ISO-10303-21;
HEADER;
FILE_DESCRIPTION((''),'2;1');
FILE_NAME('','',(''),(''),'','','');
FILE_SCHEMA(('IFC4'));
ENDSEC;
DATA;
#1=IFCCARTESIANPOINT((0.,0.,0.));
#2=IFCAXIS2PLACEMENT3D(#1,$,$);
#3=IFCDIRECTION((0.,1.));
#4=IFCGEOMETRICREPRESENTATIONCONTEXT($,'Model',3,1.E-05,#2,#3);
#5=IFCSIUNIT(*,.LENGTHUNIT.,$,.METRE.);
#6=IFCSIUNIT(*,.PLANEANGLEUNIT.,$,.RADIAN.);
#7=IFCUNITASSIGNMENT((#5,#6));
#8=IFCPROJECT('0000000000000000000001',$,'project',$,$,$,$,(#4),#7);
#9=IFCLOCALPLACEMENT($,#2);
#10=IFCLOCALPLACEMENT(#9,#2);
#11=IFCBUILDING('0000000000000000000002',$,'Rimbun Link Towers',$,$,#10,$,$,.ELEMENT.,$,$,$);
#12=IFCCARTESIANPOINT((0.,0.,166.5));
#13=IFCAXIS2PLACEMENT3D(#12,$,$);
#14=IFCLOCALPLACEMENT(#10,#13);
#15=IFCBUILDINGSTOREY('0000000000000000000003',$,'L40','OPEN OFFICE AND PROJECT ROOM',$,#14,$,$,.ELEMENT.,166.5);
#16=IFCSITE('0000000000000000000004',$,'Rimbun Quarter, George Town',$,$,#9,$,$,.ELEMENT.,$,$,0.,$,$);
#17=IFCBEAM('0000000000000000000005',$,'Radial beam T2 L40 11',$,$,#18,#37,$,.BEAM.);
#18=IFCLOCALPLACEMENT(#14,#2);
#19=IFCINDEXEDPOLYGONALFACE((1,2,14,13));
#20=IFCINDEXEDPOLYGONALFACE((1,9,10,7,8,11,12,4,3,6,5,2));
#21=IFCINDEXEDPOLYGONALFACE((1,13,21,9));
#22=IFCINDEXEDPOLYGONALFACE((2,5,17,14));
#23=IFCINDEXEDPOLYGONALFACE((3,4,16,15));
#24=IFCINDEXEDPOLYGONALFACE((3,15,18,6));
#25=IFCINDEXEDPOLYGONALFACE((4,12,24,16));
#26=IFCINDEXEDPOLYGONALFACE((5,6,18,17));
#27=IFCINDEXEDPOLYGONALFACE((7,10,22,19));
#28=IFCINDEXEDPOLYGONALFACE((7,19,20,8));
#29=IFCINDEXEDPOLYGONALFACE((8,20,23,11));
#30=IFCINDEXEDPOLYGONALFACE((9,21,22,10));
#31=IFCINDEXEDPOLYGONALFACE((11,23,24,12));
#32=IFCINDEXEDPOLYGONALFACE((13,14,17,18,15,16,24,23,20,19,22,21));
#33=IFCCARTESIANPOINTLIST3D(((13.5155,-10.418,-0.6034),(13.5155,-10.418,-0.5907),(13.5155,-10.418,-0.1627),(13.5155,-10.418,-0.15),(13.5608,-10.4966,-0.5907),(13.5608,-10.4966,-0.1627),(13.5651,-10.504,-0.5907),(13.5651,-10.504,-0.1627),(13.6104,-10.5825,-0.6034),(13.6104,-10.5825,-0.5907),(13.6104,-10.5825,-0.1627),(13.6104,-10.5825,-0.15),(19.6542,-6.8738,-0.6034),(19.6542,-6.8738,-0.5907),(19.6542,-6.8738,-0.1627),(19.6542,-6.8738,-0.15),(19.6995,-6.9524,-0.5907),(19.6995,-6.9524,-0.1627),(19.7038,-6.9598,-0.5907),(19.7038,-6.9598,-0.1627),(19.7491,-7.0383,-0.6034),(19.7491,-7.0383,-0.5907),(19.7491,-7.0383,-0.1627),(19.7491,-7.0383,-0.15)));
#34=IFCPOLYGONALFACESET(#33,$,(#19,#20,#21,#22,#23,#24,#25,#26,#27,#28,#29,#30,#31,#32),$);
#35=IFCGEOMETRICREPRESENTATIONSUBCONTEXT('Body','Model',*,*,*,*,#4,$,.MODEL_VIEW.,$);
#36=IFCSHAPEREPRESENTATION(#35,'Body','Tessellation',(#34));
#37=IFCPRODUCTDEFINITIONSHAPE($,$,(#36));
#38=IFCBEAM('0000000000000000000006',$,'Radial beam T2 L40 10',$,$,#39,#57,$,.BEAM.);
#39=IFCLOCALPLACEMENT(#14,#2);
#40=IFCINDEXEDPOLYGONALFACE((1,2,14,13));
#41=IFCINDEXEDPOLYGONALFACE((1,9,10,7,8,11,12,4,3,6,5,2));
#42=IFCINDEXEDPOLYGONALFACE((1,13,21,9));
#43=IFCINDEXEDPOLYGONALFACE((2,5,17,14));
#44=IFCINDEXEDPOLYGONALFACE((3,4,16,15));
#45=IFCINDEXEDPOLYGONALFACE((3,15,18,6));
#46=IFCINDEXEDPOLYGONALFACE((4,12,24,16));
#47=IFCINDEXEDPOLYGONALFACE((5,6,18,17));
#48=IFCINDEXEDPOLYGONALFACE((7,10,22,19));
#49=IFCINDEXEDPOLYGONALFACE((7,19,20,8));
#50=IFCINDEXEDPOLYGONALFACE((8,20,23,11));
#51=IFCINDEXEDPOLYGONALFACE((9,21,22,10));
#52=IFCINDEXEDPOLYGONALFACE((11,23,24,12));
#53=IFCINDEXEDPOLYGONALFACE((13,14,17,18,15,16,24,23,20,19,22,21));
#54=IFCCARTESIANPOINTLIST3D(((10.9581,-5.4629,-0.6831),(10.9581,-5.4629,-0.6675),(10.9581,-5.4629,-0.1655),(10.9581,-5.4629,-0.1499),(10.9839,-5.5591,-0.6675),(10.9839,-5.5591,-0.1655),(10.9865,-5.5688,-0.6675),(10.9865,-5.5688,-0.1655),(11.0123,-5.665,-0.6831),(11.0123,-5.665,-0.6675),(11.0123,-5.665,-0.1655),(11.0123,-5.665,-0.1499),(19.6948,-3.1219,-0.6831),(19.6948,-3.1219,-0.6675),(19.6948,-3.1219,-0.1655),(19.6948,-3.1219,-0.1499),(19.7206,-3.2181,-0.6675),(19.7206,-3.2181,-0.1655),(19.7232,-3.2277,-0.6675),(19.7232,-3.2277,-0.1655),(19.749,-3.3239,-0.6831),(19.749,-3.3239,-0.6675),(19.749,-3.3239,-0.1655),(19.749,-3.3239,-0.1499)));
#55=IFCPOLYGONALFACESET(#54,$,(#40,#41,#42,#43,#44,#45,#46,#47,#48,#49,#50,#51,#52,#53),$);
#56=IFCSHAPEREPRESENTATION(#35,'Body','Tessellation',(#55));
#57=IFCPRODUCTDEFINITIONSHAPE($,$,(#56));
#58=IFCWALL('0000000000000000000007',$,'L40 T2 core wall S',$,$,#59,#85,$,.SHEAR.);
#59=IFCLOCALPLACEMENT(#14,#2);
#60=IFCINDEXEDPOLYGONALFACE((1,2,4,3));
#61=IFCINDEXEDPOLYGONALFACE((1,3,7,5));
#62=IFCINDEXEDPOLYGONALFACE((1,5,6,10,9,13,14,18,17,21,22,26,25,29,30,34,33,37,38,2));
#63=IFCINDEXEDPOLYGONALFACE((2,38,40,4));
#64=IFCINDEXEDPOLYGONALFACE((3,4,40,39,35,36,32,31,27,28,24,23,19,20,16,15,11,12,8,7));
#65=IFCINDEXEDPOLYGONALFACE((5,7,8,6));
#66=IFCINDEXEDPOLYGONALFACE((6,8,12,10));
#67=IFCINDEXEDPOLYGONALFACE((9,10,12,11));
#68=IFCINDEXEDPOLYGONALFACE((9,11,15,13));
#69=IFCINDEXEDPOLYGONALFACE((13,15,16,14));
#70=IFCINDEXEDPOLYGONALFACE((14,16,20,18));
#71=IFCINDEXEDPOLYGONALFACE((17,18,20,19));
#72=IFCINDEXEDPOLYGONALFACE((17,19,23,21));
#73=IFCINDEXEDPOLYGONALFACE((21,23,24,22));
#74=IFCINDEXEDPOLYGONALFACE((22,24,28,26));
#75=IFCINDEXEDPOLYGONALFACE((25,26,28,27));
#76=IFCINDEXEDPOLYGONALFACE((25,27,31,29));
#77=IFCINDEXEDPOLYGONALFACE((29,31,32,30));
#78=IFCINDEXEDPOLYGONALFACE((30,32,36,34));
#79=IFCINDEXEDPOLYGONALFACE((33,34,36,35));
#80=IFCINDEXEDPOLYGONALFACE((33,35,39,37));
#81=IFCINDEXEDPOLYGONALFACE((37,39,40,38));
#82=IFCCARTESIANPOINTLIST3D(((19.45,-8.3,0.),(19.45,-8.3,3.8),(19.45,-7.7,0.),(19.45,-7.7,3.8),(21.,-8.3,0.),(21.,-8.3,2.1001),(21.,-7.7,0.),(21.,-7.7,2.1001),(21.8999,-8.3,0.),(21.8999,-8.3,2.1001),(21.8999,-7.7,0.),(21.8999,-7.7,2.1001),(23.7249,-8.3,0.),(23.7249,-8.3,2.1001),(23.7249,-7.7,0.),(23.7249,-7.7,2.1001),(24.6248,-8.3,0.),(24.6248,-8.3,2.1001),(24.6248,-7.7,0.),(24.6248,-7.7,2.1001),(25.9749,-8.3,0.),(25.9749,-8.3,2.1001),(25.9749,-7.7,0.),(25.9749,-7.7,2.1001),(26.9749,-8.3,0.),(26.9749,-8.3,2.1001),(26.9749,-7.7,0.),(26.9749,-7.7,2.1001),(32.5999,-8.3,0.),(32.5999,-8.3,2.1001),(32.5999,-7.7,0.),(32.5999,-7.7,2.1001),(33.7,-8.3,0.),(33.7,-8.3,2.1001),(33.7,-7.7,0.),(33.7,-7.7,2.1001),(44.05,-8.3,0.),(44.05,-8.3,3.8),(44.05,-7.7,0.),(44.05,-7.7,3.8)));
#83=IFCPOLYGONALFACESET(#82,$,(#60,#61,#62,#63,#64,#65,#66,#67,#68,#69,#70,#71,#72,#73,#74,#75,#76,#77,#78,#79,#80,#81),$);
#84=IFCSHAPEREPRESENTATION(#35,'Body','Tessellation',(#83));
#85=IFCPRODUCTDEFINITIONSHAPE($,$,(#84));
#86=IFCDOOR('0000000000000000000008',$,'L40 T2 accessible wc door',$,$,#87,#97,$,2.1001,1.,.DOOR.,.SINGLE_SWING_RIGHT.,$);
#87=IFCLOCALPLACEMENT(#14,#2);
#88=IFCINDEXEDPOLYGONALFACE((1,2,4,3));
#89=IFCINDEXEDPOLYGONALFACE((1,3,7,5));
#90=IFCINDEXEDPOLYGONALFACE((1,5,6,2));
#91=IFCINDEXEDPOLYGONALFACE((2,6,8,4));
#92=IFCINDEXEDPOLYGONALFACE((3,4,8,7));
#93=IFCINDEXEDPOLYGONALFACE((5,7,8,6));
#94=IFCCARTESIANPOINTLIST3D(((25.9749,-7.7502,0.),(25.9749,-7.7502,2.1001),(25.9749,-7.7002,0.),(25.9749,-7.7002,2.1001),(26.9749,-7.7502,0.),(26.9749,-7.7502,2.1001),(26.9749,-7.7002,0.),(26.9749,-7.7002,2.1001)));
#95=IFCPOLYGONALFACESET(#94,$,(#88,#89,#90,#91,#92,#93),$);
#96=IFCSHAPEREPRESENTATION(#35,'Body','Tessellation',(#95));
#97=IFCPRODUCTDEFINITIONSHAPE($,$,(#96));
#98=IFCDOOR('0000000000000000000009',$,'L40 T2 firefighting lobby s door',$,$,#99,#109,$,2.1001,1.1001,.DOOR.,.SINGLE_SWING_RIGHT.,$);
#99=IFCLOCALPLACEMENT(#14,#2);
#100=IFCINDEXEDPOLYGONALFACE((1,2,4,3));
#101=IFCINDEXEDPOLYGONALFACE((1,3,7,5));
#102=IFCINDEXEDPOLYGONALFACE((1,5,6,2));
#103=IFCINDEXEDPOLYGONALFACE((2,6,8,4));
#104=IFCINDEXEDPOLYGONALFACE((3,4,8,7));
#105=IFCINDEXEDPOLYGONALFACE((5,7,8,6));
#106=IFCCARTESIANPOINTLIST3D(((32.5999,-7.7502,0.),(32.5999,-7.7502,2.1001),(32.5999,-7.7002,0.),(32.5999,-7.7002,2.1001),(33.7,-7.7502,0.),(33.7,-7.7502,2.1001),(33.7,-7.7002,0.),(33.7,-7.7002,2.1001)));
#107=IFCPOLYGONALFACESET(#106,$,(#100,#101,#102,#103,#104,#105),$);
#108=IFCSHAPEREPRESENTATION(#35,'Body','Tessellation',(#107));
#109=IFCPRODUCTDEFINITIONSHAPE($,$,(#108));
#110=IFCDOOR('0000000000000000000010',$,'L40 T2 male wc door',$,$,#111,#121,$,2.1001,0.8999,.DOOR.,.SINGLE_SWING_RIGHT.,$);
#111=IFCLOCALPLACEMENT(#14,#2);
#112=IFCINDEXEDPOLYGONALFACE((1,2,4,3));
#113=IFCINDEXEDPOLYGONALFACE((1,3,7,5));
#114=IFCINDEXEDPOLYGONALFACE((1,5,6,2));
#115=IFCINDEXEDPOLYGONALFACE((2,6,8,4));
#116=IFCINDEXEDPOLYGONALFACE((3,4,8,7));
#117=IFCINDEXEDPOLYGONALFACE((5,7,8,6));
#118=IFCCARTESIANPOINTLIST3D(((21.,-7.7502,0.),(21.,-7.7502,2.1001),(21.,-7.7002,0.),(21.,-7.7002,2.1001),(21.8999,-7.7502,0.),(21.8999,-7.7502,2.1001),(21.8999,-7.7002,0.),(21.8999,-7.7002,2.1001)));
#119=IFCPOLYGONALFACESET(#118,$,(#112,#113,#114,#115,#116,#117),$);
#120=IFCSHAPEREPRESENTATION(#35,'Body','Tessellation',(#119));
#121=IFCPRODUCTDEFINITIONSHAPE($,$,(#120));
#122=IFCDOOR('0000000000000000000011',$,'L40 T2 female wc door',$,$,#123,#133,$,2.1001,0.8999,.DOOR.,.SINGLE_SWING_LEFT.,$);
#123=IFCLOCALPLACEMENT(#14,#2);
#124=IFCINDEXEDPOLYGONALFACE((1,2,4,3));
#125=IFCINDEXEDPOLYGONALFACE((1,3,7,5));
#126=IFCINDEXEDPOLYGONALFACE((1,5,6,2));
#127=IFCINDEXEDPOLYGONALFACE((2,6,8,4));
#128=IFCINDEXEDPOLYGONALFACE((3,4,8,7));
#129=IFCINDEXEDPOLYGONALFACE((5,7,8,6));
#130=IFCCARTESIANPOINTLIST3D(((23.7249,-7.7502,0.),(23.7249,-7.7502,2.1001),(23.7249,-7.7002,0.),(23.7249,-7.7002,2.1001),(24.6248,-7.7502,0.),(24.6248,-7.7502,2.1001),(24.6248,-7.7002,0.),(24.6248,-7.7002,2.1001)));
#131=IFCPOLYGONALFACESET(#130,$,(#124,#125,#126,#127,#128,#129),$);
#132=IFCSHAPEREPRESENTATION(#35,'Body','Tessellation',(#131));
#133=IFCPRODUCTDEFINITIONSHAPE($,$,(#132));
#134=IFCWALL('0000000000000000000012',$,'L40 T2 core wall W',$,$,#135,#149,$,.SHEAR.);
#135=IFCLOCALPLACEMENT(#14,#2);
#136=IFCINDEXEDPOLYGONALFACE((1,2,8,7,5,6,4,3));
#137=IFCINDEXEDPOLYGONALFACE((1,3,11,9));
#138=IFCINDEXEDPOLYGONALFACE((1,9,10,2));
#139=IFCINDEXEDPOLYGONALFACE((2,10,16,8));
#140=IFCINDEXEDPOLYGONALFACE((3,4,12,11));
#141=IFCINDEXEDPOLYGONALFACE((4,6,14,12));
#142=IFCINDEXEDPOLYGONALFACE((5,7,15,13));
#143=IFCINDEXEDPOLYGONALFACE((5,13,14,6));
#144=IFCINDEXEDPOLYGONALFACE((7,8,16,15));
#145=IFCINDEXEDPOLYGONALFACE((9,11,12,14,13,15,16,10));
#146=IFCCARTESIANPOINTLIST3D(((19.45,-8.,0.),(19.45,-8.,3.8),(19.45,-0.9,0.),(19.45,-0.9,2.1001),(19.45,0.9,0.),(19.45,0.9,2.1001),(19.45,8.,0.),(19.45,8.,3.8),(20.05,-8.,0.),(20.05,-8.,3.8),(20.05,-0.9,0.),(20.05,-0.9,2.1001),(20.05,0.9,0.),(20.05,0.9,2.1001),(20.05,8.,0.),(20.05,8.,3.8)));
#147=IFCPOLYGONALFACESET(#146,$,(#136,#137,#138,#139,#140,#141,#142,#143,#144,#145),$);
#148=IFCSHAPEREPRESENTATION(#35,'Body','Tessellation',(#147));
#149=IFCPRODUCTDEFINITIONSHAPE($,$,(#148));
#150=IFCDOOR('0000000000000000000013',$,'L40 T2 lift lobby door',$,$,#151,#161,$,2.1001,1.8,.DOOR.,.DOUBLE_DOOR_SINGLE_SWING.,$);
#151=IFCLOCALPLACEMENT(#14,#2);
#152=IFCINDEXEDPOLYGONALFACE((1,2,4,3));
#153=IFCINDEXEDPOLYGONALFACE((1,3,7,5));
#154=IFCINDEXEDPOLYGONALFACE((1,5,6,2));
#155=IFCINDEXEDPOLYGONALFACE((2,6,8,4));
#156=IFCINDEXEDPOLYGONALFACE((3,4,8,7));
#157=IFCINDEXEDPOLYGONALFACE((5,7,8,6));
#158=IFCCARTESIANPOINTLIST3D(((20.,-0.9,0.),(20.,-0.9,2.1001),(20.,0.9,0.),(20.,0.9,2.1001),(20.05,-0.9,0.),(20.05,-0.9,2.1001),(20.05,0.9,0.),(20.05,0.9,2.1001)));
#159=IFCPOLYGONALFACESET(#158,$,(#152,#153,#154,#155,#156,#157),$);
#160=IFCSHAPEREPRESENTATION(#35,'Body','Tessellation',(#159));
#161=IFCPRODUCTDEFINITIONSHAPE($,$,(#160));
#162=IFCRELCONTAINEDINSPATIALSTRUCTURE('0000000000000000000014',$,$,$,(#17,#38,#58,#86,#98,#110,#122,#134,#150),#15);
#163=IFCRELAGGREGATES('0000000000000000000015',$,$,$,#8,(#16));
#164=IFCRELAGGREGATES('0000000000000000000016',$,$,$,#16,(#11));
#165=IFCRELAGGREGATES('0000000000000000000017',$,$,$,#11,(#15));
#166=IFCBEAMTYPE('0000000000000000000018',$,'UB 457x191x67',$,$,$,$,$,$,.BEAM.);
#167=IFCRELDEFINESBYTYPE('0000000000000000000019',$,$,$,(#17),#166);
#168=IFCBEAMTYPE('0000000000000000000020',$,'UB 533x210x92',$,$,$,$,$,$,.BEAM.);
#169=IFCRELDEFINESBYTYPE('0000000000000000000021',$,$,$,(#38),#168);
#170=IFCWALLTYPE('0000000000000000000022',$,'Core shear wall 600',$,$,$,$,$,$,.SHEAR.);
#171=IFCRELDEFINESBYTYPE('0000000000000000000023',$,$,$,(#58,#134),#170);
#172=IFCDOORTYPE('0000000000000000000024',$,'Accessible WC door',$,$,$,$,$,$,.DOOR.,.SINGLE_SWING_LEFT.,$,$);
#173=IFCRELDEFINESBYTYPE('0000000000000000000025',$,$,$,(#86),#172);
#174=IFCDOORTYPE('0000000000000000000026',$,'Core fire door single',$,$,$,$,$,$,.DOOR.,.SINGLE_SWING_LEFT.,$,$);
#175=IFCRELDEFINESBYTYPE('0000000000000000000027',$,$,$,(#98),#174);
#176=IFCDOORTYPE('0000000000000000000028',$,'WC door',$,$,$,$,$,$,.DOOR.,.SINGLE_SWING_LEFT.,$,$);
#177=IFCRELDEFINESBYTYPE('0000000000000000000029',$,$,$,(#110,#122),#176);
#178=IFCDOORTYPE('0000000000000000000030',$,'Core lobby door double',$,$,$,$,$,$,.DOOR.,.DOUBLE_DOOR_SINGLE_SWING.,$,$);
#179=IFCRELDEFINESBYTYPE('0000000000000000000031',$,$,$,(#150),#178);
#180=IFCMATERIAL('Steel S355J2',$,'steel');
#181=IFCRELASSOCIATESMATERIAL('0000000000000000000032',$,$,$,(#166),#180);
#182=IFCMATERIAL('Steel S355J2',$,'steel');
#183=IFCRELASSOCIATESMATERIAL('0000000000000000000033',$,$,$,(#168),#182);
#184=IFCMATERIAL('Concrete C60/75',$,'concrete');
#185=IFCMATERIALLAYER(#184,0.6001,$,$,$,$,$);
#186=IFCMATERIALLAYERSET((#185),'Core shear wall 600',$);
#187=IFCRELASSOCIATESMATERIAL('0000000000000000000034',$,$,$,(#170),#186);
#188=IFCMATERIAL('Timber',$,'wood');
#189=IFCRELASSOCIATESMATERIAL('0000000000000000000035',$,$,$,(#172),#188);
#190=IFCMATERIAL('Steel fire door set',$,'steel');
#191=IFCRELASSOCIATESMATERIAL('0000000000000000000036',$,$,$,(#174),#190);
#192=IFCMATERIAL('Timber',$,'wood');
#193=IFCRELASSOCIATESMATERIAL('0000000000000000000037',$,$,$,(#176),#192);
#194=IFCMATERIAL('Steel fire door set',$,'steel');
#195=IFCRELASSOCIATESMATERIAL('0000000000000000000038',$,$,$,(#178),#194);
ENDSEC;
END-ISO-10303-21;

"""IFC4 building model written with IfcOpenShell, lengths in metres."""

from ifc_helpers import new_model, si_unit, direction, frame, frame_2d, origin, origin_2d, place, context, subcontext, project, spatial, rectangle, i_section, extrude, material, layer, layer_set, material_profile, profile_set, type_object, element, fill, save


model = new_model("IFC4")

# Units and contexts
model_context = context("Model", 3, precision=1e-05, world=origin(), true_north=direction((0.0, 1.0)))
body_context = subcontext(model_context, "Body", "Model", "MODEL_VIEW")
ifc_project = project(units=[si_unit("LENGTHUNIT", "METRE"), si_unit("PLANEANGLEUNIT", "RADIAN")], contexts=[model_context])

# Site, building, storey
site_placement = place(None, origin())
site = spatial("IfcSite", under=ifc_project, at=site_placement, Name="Rimbun Quarter, George Town", CompositionType="ELEMENT", RefElevation=0.0)
building_placement = place(site_placement, origin())
building = spatial("IfcBuilding", under=site, at=building_placement, Name="Rimbun Link Towers", CompositionType="ELEMENT")
storey_placement = place(building_placement, frame((0.0, 0.0, 166.5)))
storey = spatial("IfcBuildingStorey", under=building, at=storey_placement, Name="L40", Description="OPEN OFFICE AND PROJECT ROOM", CompositionType="ELEMENT", Elevation=166.5)

# Beams
ifc_material_1 = material(Name="Steel S355J2", Category="steel")
ifc_material_profile_1 = material_profile(ifc_material_1, i_section(OverallWidth=0.1899, OverallDepth=0.4534, WebThickness=0.0085, FlangeThickness=0.0127, at=origin_2d()), Name="UB 457x191x67")
ifc_profile_set_1 = profile_set([ifc_material_profile_1], Name="Steel S355J2")
beam_type_1 = type_object("IfcBeamType", Name="UB 457x191x67", PredefinedType="BEAM", material=ifc_profile_set_1)
beam_1_placement = place(storey_placement, frame((19.7017, -6.9561, -0.3767), z_axis=(-0.866024, -0.500003, 0.0), x_axis=(0.500003, -0.866024, 0.0)))
element("IfcBeam", 1, at=beam_1_placement, inside=storey, type_object=beam_type_1, Name="Radial beam T2 L40 11", PredefinedType="BEAM", context=body_context, shape_type="SweptSolid", body=[
    extrude(i_section(OverallWidth=0.1899, OverallDepth=0.4534, WebThickness=0.0085, FlangeThickness=0.0127, at=origin_2d()), origin(), (0.0, 0.0, 1.0), 7.0884),
])
ifc_material_2 = material(Name="Steel S355J2", Category="steel")
ifc_material_profile_2 = material_profile(ifc_material_2, i_section(OverallWidth=0.2092, OverallDepth=0.5332, WebThickness=0.01, FlangeThickness=0.0156, at=origin_2d()), Name="UB 533x210x92")
ifc_profile_set_2 = profile_set([ifc_material_profile_2], Name="Steel S355J2")
beam_type_2 = type_object("IfcBeamType", Name="UB 533x210x92", PredefinedType="BEAM", material=ifc_profile_set_2)
beam_2_placement = place(storey_placement, frame((19.7219, -3.2229, -0.4165), z_axis=(-0.965925, -0.258823, 0.0), x_axis=(0.258823, -0.965925, 0.0)))
element("IfcBeam", 2, at=beam_2_placement, inside=storey, type_object=beam_type_2, Name="Radial beam T2 L40 10", PredefinedType="BEAM", context=body_context, shape_type="SweptSolid", body=[
    extrude(i_section(OverallWidth=0.2092, OverallDepth=0.5332, WebThickness=0.01, FlangeThickness=0.0156, at=origin_2d()), origin(), (0.0, 0.0, 1.0), 9.0449),
])

# Wall, openings, doors
ifc_material_3 = material(Name="Concrete C60/75", Category="concrete")
ifc_layer_1 = layer(ifc_material_3, 0.6001)
ifc_layer_set_1 = layer_set([ifc_layer_1], Name="Core shear wall 600")
wall_type_1 = type_object("IfcWallType", Name="Core shear wall 600", PredefinedType="SHEAR", material=ifc_layer_set_1)
wall_1_placement = place(storey_placement, frame((19.45, -8.0, 0.0), z_axis=(0.0, 0.0, 1.0), x_axis=(1.0, 0.0, 0.0)))
wall_1 = element("IfcWall", 3, at=wall_1_placement, inside=storey, type_object=wall_type_1, Name="L40 T2 core wall S", PredefinedType="SHEAR", context=body_context, shape_type="SweptSolid", body=[
    extrude(rectangle(XDim=24.6001, YDim=0.6001, at=frame_2d((12.3, 0.0))), origin(), (0.0, 0.0, 1.0), 3.8),
])
opening_1_placement = place(wall_1_placement, frame((13.1499, 0.0, 0.0)))
opening_1 = element("IfcOpeningElement", 4, at=opening_1_placement, cuts=wall_1, PredefinedType="OPENING", context=body_context, shape_type="SweptSolid", body=[
    extrude(rectangle(XDim=1.1001, YDim=2.1001, at=frame_2d((0.55, 1.05))), frame((0.0, 0.3101, 0.0), z_axis=(0.0, -1.0, 0.0), x_axis=(1.0, 0.0, 0.0)), (0.0, 0.0, 1.0), 0.6201),
])
opening_2_placement = place(wall_1_placement, frame((1.55, 0.0, 0.0)))
opening_2 = element("IfcOpeningElement", 5, at=opening_2_placement, cuts=wall_1, PredefinedType="OPENING", context=body_context, shape_type="SweptSolid", body=[
    extrude(rectangle(XDim=0.8999, YDim=2.1001, at=frame_2d((0.45, 1.05))), frame((0.0, 0.3101, 0.0), z_axis=(0.0, -1.0, 0.0), x_axis=(1.0, 0.0, 0.0)), (0.0, 0.0, 1.0), 0.6201),
])
opening_3_placement = place(wall_1_placement, frame((4.2749, 0.0, 0.0)))
opening_3 = element("IfcOpeningElement", 6, at=opening_3_placement, cuts=wall_1, PredefinedType="OPENING", context=body_context, shape_type="SweptSolid", body=[
    extrude(rectangle(XDim=0.8999, YDim=2.1001, at=frame_2d((0.45, 1.05))), frame((0.0, 0.3101, 0.0), z_axis=(0.0, -1.0, 0.0), x_axis=(1.0, 0.0, 0.0)), (0.0, 0.0, 1.0), 0.6201),
])
opening_4_placement = place(wall_1_placement, frame((6.5249, 0.0, 0.0)))
opening_4 = element("IfcOpeningElement", 7, at=opening_4_placement, cuts=wall_1, PredefinedType="OPENING", context=body_context, shape_type="SweptSolid", body=[
    extrude(rectangle(XDim=1.0, YDim=2.1001, at=frame_2d((0.5, 1.05))), frame((0.0, 0.3101, 0.0), z_axis=(0.0, -1.0, 0.0), x_axis=(1.0, 0.0, 0.0)), (0.0, 0.0, 1.0), 0.6201),
])
ifc_material_4 = material(Name="Timber", Category="wood")
door_type_1 = type_object("IfcDoorType", Name="Accessible WC door", OperationType="SINGLE_SWING_LEFT", PredefinedType="DOOR", material=ifc_material_4)
door_1_placement = place(opening_4_placement, origin())
door_1 = element("IfcDoor", 8, at=door_1_placement, inside=storey, type_object=door_type_1, Name="L40 T2 accessible wc door", OperationType="SINGLE_SWING_RIGHT", OverallHeight=2.1001, OverallWidth=1.0, PredefinedType="DOOR", context=body_context, shape_type="SweptSolid", body=[
    extrude(rectangle(XDim=1.0, YDim=2.1001, at=frame_2d((0.5, 1.05))), frame((0.0, 0.2998, 0.0), z_axis=(0.0, -1.0, 0.0), x_axis=(1.0, 0.0, 0.0)), (0.0, 0.0, 1.0), 0.05),
])
fill(opening_4, door_1)
ifc_material_5 = material(Name="Steel fire door set", Category="steel")
door_type_2 = type_object("IfcDoorType", Name="Core fire door single", OperationType="SINGLE_SWING_LEFT", PredefinedType="DOOR", material=ifc_material_5)
door_2_placement = place(opening_1_placement, origin())
door_2 = element("IfcDoor", 9, at=door_2_placement, inside=storey, type_object=door_type_2, Name="L40 T2 firefighting lobby s door", OperationType="SINGLE_SWING_RIGHT", OverallHeight=2.1001, OverallWidth=1.1001, PredefinedType="DOOR", context=body_context, shape_type="SweptSolid", body=[
    extrude(rectangle(XDim=1.1001, YDim=2.1001, at=frame_2d((0.55, 1.05))), frame((0.0, 0.2998, 0.0), z_axis=(0.0, -1.0, 0.0), x_axis=(1.0, 0.0, 0.0)), (0.0, 0.0, 1.0), 0.05),
])
fill(opening_1, door_2)
ifc_material_6 = material(Name="Timber", Category="wood")
door_type_3 = type_object("IfcDoorType", Name="WC door", OperationType="SINGLE_SWING_LEFT", PredefinedType="DOOR", material=ifc_material_6)
door_3_placement = place(opening_2_placement, origin())
door_3 = element("IfcDoor", 10, at=door_3_placement, inside=storey, type_object=door_type_3, Name="L40 T2 male wc door", OperationType="SINGLE_SWING_RIGHT", OverallHeight=2.1001, OverallWidth=0.8999, PredefinedType="DOOR", context=body_context, shape_type="SweptSolid", body=[
    extrude(rectangle(XDim=0.8999, YDim=2.1001, at=frame_2d((0.45, 1.05))), frame((0.0, 0.2998, 0.0), z_axis=(0.0, -1.0, 0.0), x_axis=(1.0, 0.0, 0.0)), (0.0, 0.0, 1.0), 0.05),
])
fill(opening_2, door_3)
door_4_placement = place(opening_3_placement, origin())
door_4 = element("IfcDoor", 11, at=door_4_placement, inside=storey, type_object=door_type_3, Name="L40 T2 female wc door", OperationType="SINGLE_SWING_LEFT", OverallHeight=2.1001, OverallWidth=0.8999, PredefinedType="DOOR", context=body_context, shape_type="SweptSolid", body=[
    extrude(rectangle(XDim=0.8999, YDim=2.1001, at=frame_2d((0.45, 1.05))), frame((0.0, 0.2998, 0.0), z_axis=(0.0, -1.0, 0.0), x_axis=(1.0, 0.0, 0.0)), (0.0, 0.0, 1.0), 0.05),
])
fill(opening_3, door_4)

# Wall, opening, door
wall_2_placement = place(storey_placement, frame((19.75, -8.0, 0.0), z_axis=(0.0, 0.0, 1.0), x_axis=(0.0, 1.0, 0.0)))
wall_2 = element("IfcWall", 12, at=wall_2_placement, inside=storey, type_object=wall_type_1, Name="L40 T2 core wall W", PredefinedType="SHEAR", context=body_context, shape_type="SweptSolid", body=[
    extrude(rectangle(XDim=16.0, YDim=0.6001, at=frame_2d((8.0, 0.0))), origin(), (0.0, 0.0, 1.0), 3.8),
])
opening_5_placement = place(wall_2_placement, frame((7.1001, 0.0, 0.0)))
opening_5 = element("IfcOpeningElement", 13, at=opening_5_placement, cuts=wall_2, PredefinedType="OPENING", context=body_context, shape_type="SweptSolid", body=[
    extrude(rectangle(XDim=1.8, YDim=2.1001, at=frame_2d((0.8999, 1.05))), frame((0.0, 0.3101, 0.0), z_axis=(0.0, -1.0, 0.0), x_axis=(1.0, 0.0, 0.0)), (0.0, 0.0, 1.0), 0.6201),
])
ifc_material_7 = material(Name="Steel fire door set", Category="steel")
door_type_4 = type_object("IfcDoorType", Name="Core lobby door double", OperationType="DOUBLE_DOOR_SINGLE_SWING", PredefinedType="DOOR", material=ifc_material_7)
door_5_placement = place(opening_5_placement, origin())
door_5 = element("IfcDoor", 14, at=door_5_placement, inside=storey, type_object=door_type_4, Name="L40 T2 lift lobby door", OperationType="DOUBLE_DOOR_SINGLE_SWING", OverallHeight=2.1001, OverallWidth=1.8, PredefinedType="DOOR", context=body_context, shape_type="SweptSolid", body=[
    extrude(rectangle(XDim=1.8, YDim=2.1001, at=frame_2d((0.8999, 1.05))), frame((0.0, -0.25, 0.0), z_axis=(0.0, -1.0, 0.0), x_axis=(1.0, 0.0, 0.0)), (0.0, 0.0, 1.0), 0.05),
])
fill(opening_5, door_5)

save(model, "model.ifc")
